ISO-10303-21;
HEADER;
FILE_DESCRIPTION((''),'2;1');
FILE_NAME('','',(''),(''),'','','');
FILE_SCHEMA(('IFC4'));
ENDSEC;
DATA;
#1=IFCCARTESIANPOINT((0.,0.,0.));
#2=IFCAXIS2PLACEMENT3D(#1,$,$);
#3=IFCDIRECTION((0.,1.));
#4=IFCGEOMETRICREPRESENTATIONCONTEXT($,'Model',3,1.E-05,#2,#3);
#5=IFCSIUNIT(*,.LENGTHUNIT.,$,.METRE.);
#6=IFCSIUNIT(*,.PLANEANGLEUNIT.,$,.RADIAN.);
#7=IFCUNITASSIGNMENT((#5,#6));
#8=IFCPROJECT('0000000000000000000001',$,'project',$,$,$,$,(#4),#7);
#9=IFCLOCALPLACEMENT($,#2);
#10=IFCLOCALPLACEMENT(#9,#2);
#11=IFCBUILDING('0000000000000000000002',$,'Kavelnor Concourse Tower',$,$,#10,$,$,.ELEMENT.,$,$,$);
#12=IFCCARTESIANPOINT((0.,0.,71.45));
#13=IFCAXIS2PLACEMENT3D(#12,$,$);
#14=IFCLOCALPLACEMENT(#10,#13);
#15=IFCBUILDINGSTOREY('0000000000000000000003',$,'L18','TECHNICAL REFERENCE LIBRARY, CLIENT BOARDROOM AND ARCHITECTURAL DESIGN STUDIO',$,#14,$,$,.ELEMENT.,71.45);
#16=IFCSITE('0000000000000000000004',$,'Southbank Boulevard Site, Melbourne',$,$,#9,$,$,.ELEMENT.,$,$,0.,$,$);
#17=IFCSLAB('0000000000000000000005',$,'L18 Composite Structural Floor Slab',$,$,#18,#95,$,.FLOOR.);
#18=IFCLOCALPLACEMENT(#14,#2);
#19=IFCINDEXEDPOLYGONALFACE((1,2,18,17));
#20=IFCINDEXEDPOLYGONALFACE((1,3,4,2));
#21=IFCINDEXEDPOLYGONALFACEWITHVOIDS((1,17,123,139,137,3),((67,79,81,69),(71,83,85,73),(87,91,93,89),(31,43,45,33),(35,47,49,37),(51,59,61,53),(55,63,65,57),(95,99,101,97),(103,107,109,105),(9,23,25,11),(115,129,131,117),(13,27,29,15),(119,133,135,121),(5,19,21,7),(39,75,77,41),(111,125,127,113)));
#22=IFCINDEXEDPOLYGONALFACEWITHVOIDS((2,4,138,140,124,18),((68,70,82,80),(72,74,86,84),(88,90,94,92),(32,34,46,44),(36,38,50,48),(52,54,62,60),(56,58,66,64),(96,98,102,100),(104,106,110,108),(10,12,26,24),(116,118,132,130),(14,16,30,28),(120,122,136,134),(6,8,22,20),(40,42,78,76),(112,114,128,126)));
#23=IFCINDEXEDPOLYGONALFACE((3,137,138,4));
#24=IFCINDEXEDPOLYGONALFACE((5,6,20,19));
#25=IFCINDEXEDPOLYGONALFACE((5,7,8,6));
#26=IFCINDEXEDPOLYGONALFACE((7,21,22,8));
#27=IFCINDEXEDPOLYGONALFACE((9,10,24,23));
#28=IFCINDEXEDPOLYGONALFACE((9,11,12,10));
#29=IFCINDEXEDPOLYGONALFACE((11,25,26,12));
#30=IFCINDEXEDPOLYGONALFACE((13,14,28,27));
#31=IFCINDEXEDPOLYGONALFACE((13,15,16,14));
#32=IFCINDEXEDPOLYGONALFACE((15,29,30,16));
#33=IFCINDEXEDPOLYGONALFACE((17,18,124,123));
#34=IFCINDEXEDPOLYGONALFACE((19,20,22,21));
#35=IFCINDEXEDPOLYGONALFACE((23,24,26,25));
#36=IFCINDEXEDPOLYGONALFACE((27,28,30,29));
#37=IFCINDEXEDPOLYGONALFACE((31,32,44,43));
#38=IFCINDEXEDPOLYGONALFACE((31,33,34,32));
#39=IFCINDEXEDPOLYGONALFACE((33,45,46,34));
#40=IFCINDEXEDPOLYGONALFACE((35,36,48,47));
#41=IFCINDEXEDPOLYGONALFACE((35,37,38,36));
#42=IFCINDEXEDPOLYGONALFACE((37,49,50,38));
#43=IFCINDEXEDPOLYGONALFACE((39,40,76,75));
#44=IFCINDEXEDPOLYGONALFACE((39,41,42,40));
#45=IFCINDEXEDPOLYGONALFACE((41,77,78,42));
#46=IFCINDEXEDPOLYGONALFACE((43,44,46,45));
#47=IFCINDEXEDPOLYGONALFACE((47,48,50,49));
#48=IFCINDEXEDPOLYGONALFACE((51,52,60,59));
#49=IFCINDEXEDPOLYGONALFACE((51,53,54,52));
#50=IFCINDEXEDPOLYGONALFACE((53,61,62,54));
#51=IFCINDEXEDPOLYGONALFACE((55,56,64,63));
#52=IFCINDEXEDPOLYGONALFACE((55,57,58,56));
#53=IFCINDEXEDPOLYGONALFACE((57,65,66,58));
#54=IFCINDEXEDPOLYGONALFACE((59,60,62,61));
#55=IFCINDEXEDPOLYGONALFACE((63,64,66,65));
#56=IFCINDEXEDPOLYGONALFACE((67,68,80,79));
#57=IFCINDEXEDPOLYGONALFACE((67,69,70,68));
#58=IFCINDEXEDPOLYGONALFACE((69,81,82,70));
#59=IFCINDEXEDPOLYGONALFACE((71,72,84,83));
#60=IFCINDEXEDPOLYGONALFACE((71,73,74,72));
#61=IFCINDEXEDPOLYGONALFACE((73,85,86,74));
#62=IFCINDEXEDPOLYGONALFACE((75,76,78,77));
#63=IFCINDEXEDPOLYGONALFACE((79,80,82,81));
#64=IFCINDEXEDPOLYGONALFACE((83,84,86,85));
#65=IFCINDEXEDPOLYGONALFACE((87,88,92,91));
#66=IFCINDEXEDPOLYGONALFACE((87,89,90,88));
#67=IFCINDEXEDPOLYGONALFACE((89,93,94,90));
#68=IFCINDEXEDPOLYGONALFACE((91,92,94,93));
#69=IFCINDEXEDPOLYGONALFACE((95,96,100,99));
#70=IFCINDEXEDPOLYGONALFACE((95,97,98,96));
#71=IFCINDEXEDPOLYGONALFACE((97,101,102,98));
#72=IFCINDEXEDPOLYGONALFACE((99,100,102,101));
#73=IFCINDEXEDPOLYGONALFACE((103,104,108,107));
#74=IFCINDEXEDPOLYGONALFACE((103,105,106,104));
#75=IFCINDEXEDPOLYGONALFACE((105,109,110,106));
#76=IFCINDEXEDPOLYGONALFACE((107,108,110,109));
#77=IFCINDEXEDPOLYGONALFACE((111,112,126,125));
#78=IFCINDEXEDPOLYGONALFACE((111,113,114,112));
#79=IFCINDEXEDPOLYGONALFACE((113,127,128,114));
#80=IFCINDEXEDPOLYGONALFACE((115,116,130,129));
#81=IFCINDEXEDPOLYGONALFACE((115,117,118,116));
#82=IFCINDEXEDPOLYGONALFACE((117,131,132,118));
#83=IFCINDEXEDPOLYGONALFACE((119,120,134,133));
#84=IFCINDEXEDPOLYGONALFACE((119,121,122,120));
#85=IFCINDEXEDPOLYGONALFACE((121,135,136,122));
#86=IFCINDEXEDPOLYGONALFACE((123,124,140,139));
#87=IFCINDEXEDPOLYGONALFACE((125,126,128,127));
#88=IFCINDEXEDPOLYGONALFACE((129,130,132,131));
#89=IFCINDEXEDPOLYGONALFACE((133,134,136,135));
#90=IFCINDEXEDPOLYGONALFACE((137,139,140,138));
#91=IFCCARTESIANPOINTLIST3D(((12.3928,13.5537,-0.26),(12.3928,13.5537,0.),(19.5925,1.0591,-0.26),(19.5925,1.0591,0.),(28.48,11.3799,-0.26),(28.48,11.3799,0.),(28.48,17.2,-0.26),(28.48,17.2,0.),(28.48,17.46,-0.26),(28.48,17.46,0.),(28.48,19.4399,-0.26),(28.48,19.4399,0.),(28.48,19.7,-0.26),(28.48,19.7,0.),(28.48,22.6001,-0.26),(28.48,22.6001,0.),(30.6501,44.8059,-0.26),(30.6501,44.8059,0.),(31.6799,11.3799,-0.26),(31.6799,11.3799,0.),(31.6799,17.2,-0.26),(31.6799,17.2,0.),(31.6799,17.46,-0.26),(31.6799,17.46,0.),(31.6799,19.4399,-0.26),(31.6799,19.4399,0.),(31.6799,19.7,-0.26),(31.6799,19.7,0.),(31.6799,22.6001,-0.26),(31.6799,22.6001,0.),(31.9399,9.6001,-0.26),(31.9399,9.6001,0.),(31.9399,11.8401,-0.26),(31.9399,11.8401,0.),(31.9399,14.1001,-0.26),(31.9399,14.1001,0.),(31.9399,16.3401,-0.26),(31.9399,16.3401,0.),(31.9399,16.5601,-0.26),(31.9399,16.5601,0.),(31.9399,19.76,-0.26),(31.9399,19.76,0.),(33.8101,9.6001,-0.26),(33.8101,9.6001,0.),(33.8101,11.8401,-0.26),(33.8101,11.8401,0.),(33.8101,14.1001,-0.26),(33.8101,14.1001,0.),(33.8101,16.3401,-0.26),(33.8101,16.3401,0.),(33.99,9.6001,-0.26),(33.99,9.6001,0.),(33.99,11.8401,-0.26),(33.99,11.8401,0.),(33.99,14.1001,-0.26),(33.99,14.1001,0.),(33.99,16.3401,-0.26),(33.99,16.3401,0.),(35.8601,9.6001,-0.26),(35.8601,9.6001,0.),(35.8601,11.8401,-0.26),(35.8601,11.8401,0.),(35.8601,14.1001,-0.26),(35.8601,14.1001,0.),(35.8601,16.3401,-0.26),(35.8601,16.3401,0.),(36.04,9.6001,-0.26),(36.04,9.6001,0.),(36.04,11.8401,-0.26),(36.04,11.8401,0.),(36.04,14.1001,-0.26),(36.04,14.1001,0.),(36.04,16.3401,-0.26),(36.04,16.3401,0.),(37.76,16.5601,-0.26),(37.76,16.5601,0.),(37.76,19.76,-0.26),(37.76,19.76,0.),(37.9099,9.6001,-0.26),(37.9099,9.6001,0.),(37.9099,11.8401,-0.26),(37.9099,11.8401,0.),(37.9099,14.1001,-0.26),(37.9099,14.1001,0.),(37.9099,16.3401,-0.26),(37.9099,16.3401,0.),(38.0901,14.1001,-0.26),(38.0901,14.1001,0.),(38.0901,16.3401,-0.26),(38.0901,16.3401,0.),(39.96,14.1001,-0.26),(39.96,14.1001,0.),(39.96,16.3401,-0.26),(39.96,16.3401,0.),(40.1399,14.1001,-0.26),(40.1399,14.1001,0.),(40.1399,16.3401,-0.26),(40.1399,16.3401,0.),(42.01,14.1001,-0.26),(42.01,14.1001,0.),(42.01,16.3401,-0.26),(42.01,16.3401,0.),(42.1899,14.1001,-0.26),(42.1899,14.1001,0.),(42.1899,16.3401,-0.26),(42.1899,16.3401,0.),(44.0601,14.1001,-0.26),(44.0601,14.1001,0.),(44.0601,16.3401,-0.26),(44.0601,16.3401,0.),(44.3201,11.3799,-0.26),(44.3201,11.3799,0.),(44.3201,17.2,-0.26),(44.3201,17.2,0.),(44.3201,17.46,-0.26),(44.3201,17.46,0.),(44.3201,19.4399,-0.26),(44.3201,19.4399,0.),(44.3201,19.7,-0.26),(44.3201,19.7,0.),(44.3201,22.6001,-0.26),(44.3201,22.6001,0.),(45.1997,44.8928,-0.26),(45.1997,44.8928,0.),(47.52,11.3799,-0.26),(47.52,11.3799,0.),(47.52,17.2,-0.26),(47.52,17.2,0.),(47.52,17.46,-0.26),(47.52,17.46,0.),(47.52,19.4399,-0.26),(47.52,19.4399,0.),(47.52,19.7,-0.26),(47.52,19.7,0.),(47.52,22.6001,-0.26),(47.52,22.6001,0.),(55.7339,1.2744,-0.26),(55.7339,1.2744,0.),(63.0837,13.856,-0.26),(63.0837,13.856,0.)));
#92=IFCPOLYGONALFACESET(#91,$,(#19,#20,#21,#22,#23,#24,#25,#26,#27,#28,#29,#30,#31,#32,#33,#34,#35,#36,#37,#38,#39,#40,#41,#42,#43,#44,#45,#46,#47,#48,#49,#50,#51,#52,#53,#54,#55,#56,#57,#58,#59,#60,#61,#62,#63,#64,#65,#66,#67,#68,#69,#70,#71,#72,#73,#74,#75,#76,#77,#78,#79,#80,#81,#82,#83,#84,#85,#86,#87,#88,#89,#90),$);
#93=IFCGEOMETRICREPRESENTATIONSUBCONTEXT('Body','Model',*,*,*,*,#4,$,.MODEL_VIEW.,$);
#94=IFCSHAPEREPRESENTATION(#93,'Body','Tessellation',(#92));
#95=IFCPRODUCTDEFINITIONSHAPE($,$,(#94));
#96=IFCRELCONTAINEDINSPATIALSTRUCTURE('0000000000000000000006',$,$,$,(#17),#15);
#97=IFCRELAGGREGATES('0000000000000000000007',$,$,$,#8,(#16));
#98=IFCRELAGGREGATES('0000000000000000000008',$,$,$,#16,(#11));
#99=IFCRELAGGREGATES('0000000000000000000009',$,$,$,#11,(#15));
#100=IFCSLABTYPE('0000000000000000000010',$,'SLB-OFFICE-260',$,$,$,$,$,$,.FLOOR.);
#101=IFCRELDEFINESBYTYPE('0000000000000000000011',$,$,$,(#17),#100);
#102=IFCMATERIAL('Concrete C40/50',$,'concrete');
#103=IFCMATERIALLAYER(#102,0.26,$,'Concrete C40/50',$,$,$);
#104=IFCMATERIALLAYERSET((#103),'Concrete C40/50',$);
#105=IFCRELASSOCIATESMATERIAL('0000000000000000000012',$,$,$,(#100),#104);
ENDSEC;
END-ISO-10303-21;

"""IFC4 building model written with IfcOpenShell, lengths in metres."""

from ifc_helpers import new_model, si_unit, direction, frame, origin, place, context, subcontext, project, spatial, polyline, outline, extrude, material, layer, layer_set, type_object, element, save


model = new_model("IFC4")

# Units and contexts
model_context = context("Model", 3, precision=1e-05, world=origin(), true_north=direction((0.0, 1.0)))
body_context = subcontext(model_context, "Body", "Model", "MODEL_VIEW")
ifc_project = project(units=[si_unit("LENGTHUNIT", "METRE"), si_unit("PLANEANGLEUNIT", "RADIAN")], contexts=[model_context])

# Site, building, storey
site_placement = place(None, origin())
site = spatial("IfcSite", under=ifc_project, at=site_placement, Name="Southbank Boulevard Site, Melbourne", CompositionType="ELEMENT", RefElevation=0.0)
building_placement = place(site_placement, origin())
building = spatial("IfcBuilding", under=site, at=building_placement, Name="Kavelnor Concourse Tower", CompositionType="ELEMENT")
storey_placement = place(building_placement, frame((0.0, 0.0, 71.45)))
storey = spatial("IfcBuildingStorey", under=building, at=storey_placement, Name="L18", Description="TECHNICAL REFERENCE LIBRARY, CLIENT BOARDROOM AND ARCHITECTURAL DESIGN STUDIO", CompositionType="ELEMENT", Elevation=71.45)

# Shared definitions
ifc_material_1 = material(Name="Concrete C40/50", Category="concrete")

# Slab
ifc_layer_1 = layer(ifc_material_1, 0.26, Name="Concrete C40/50")
ifc_layer_set_1 = layer_set([ifc_layer_1], Name="Concrete C40/50")
slab_type_1 = type_object("IfcSlabType", Name="SLB-OFFICE-260", PredefinedType="FLOOR", material=ifc_layer_set_1)
slab_1_placement = place(storey_placement, frame((0.0, 0.0, -0.26)))
element("IfcSlab", 1, at=slab_1_placement, inside=storey, type_object=slab_type_1, Name="L18 Composite Structural Floor Slab", PredefinedType="FLOOR", context=body_context, shape_type="SweptSolid", body=[
    extrude(outline(polyline([(45.1997, 44.8928), (30.6501, 44.8059), (12.3928, 13.5537), (19.5925, 1.0591), (55.7339, 1.2744), (63.0837, 13.856), (45.1997, 44.8928)]), holes=[polyline([(28.48, 11.3799), (31.6799, 11.3799), (31.6799, 17.2), (28.48, 17.2), (28.48, 11.3799)]), polyline([(44.3201, 11.3799), (47.52, 11.3799), (47.52, 17.2), (44.3201, 17.2), (44.3201, 11.3799)]), polyline([(31.9399, 16.5601), (37.76, 16.5601), (37.76, 19.76), (31.9399, 19.76), (31.9399, 16.5601)]), polyline([(28.48, 19.7), (31.6799, 19.7), (31.6799, 22.6001), (28.48, 22.6001), (28.48, 19.7)]), polyline([(44.3201, 19.7), (47.52, 19.7), (47.52, 22.6001), (44.3201, 22.6001), (44.3201, 19.7)]), polyline([(31.9399, 14.1001), (33.8101, 14.1001), (33.8101, 16.3401), (31.9399, 16.3401), (31.9399, 14.1001)]), polyline([(33.99, 14.1001), (35.8601, 14.1001), (35.8601, 16.3401), (33.99, 16.3401), (33.99, 14.1001)]), polyline([(36.04, 14.1001), (37.9099, 14.1001), (37.9099, 16.3401), (36.04, 16.3401), (36.04, 14.1001)]), polyline([(38.0901, 14.1001), (39.96, 14.1001), (39.96, 16.3401), (38.0901, 16.3401), (38.0901, 14.1001)]), polyline([(40.1399, 14.1001), (42.01, 14.1001), (42.01, 16.3401), (40.1399, 16.3401), (40.1399, 14.1001)]), polyline([(42.1899, 14.1001), (44.0601, 14.1001), (44.0601, 16.3401), (42.1899, 16.3401), (42.1899, 14.1001)]), polyline([(31.9399, 9.6001), (33.8101, 9.6001), (33.8101, 11.8401), (31.9399, 11.8401), (31.9399, 9.6001)]), polyline([(33.99, 9.6001), (35.8601, 9.6001), (35.8601, 11.8401), (33.99, 11.8401), (33.99, 9.6001)]), polyline([(36.04, 9.6001), (37.9099, 9.6001), (37.9099, 11.8401), (36.04, 11.8401), (36.04, 9.6001)]), polyline([(28.48, 17.46), (31.6799, 17.46), (31.6799, 19.4399), (28.48, 19.4399), (28.48, 17.46)]), polyline([(44.3201, 17.46), (47.52, 17.46), (47.52, 19.4399), (44.3201, 19.4399), (44.3201, 17.46)])]), origin(), (0.0, 0.0, 1.0), 0.26),
])

save(model, "model.ifc")
